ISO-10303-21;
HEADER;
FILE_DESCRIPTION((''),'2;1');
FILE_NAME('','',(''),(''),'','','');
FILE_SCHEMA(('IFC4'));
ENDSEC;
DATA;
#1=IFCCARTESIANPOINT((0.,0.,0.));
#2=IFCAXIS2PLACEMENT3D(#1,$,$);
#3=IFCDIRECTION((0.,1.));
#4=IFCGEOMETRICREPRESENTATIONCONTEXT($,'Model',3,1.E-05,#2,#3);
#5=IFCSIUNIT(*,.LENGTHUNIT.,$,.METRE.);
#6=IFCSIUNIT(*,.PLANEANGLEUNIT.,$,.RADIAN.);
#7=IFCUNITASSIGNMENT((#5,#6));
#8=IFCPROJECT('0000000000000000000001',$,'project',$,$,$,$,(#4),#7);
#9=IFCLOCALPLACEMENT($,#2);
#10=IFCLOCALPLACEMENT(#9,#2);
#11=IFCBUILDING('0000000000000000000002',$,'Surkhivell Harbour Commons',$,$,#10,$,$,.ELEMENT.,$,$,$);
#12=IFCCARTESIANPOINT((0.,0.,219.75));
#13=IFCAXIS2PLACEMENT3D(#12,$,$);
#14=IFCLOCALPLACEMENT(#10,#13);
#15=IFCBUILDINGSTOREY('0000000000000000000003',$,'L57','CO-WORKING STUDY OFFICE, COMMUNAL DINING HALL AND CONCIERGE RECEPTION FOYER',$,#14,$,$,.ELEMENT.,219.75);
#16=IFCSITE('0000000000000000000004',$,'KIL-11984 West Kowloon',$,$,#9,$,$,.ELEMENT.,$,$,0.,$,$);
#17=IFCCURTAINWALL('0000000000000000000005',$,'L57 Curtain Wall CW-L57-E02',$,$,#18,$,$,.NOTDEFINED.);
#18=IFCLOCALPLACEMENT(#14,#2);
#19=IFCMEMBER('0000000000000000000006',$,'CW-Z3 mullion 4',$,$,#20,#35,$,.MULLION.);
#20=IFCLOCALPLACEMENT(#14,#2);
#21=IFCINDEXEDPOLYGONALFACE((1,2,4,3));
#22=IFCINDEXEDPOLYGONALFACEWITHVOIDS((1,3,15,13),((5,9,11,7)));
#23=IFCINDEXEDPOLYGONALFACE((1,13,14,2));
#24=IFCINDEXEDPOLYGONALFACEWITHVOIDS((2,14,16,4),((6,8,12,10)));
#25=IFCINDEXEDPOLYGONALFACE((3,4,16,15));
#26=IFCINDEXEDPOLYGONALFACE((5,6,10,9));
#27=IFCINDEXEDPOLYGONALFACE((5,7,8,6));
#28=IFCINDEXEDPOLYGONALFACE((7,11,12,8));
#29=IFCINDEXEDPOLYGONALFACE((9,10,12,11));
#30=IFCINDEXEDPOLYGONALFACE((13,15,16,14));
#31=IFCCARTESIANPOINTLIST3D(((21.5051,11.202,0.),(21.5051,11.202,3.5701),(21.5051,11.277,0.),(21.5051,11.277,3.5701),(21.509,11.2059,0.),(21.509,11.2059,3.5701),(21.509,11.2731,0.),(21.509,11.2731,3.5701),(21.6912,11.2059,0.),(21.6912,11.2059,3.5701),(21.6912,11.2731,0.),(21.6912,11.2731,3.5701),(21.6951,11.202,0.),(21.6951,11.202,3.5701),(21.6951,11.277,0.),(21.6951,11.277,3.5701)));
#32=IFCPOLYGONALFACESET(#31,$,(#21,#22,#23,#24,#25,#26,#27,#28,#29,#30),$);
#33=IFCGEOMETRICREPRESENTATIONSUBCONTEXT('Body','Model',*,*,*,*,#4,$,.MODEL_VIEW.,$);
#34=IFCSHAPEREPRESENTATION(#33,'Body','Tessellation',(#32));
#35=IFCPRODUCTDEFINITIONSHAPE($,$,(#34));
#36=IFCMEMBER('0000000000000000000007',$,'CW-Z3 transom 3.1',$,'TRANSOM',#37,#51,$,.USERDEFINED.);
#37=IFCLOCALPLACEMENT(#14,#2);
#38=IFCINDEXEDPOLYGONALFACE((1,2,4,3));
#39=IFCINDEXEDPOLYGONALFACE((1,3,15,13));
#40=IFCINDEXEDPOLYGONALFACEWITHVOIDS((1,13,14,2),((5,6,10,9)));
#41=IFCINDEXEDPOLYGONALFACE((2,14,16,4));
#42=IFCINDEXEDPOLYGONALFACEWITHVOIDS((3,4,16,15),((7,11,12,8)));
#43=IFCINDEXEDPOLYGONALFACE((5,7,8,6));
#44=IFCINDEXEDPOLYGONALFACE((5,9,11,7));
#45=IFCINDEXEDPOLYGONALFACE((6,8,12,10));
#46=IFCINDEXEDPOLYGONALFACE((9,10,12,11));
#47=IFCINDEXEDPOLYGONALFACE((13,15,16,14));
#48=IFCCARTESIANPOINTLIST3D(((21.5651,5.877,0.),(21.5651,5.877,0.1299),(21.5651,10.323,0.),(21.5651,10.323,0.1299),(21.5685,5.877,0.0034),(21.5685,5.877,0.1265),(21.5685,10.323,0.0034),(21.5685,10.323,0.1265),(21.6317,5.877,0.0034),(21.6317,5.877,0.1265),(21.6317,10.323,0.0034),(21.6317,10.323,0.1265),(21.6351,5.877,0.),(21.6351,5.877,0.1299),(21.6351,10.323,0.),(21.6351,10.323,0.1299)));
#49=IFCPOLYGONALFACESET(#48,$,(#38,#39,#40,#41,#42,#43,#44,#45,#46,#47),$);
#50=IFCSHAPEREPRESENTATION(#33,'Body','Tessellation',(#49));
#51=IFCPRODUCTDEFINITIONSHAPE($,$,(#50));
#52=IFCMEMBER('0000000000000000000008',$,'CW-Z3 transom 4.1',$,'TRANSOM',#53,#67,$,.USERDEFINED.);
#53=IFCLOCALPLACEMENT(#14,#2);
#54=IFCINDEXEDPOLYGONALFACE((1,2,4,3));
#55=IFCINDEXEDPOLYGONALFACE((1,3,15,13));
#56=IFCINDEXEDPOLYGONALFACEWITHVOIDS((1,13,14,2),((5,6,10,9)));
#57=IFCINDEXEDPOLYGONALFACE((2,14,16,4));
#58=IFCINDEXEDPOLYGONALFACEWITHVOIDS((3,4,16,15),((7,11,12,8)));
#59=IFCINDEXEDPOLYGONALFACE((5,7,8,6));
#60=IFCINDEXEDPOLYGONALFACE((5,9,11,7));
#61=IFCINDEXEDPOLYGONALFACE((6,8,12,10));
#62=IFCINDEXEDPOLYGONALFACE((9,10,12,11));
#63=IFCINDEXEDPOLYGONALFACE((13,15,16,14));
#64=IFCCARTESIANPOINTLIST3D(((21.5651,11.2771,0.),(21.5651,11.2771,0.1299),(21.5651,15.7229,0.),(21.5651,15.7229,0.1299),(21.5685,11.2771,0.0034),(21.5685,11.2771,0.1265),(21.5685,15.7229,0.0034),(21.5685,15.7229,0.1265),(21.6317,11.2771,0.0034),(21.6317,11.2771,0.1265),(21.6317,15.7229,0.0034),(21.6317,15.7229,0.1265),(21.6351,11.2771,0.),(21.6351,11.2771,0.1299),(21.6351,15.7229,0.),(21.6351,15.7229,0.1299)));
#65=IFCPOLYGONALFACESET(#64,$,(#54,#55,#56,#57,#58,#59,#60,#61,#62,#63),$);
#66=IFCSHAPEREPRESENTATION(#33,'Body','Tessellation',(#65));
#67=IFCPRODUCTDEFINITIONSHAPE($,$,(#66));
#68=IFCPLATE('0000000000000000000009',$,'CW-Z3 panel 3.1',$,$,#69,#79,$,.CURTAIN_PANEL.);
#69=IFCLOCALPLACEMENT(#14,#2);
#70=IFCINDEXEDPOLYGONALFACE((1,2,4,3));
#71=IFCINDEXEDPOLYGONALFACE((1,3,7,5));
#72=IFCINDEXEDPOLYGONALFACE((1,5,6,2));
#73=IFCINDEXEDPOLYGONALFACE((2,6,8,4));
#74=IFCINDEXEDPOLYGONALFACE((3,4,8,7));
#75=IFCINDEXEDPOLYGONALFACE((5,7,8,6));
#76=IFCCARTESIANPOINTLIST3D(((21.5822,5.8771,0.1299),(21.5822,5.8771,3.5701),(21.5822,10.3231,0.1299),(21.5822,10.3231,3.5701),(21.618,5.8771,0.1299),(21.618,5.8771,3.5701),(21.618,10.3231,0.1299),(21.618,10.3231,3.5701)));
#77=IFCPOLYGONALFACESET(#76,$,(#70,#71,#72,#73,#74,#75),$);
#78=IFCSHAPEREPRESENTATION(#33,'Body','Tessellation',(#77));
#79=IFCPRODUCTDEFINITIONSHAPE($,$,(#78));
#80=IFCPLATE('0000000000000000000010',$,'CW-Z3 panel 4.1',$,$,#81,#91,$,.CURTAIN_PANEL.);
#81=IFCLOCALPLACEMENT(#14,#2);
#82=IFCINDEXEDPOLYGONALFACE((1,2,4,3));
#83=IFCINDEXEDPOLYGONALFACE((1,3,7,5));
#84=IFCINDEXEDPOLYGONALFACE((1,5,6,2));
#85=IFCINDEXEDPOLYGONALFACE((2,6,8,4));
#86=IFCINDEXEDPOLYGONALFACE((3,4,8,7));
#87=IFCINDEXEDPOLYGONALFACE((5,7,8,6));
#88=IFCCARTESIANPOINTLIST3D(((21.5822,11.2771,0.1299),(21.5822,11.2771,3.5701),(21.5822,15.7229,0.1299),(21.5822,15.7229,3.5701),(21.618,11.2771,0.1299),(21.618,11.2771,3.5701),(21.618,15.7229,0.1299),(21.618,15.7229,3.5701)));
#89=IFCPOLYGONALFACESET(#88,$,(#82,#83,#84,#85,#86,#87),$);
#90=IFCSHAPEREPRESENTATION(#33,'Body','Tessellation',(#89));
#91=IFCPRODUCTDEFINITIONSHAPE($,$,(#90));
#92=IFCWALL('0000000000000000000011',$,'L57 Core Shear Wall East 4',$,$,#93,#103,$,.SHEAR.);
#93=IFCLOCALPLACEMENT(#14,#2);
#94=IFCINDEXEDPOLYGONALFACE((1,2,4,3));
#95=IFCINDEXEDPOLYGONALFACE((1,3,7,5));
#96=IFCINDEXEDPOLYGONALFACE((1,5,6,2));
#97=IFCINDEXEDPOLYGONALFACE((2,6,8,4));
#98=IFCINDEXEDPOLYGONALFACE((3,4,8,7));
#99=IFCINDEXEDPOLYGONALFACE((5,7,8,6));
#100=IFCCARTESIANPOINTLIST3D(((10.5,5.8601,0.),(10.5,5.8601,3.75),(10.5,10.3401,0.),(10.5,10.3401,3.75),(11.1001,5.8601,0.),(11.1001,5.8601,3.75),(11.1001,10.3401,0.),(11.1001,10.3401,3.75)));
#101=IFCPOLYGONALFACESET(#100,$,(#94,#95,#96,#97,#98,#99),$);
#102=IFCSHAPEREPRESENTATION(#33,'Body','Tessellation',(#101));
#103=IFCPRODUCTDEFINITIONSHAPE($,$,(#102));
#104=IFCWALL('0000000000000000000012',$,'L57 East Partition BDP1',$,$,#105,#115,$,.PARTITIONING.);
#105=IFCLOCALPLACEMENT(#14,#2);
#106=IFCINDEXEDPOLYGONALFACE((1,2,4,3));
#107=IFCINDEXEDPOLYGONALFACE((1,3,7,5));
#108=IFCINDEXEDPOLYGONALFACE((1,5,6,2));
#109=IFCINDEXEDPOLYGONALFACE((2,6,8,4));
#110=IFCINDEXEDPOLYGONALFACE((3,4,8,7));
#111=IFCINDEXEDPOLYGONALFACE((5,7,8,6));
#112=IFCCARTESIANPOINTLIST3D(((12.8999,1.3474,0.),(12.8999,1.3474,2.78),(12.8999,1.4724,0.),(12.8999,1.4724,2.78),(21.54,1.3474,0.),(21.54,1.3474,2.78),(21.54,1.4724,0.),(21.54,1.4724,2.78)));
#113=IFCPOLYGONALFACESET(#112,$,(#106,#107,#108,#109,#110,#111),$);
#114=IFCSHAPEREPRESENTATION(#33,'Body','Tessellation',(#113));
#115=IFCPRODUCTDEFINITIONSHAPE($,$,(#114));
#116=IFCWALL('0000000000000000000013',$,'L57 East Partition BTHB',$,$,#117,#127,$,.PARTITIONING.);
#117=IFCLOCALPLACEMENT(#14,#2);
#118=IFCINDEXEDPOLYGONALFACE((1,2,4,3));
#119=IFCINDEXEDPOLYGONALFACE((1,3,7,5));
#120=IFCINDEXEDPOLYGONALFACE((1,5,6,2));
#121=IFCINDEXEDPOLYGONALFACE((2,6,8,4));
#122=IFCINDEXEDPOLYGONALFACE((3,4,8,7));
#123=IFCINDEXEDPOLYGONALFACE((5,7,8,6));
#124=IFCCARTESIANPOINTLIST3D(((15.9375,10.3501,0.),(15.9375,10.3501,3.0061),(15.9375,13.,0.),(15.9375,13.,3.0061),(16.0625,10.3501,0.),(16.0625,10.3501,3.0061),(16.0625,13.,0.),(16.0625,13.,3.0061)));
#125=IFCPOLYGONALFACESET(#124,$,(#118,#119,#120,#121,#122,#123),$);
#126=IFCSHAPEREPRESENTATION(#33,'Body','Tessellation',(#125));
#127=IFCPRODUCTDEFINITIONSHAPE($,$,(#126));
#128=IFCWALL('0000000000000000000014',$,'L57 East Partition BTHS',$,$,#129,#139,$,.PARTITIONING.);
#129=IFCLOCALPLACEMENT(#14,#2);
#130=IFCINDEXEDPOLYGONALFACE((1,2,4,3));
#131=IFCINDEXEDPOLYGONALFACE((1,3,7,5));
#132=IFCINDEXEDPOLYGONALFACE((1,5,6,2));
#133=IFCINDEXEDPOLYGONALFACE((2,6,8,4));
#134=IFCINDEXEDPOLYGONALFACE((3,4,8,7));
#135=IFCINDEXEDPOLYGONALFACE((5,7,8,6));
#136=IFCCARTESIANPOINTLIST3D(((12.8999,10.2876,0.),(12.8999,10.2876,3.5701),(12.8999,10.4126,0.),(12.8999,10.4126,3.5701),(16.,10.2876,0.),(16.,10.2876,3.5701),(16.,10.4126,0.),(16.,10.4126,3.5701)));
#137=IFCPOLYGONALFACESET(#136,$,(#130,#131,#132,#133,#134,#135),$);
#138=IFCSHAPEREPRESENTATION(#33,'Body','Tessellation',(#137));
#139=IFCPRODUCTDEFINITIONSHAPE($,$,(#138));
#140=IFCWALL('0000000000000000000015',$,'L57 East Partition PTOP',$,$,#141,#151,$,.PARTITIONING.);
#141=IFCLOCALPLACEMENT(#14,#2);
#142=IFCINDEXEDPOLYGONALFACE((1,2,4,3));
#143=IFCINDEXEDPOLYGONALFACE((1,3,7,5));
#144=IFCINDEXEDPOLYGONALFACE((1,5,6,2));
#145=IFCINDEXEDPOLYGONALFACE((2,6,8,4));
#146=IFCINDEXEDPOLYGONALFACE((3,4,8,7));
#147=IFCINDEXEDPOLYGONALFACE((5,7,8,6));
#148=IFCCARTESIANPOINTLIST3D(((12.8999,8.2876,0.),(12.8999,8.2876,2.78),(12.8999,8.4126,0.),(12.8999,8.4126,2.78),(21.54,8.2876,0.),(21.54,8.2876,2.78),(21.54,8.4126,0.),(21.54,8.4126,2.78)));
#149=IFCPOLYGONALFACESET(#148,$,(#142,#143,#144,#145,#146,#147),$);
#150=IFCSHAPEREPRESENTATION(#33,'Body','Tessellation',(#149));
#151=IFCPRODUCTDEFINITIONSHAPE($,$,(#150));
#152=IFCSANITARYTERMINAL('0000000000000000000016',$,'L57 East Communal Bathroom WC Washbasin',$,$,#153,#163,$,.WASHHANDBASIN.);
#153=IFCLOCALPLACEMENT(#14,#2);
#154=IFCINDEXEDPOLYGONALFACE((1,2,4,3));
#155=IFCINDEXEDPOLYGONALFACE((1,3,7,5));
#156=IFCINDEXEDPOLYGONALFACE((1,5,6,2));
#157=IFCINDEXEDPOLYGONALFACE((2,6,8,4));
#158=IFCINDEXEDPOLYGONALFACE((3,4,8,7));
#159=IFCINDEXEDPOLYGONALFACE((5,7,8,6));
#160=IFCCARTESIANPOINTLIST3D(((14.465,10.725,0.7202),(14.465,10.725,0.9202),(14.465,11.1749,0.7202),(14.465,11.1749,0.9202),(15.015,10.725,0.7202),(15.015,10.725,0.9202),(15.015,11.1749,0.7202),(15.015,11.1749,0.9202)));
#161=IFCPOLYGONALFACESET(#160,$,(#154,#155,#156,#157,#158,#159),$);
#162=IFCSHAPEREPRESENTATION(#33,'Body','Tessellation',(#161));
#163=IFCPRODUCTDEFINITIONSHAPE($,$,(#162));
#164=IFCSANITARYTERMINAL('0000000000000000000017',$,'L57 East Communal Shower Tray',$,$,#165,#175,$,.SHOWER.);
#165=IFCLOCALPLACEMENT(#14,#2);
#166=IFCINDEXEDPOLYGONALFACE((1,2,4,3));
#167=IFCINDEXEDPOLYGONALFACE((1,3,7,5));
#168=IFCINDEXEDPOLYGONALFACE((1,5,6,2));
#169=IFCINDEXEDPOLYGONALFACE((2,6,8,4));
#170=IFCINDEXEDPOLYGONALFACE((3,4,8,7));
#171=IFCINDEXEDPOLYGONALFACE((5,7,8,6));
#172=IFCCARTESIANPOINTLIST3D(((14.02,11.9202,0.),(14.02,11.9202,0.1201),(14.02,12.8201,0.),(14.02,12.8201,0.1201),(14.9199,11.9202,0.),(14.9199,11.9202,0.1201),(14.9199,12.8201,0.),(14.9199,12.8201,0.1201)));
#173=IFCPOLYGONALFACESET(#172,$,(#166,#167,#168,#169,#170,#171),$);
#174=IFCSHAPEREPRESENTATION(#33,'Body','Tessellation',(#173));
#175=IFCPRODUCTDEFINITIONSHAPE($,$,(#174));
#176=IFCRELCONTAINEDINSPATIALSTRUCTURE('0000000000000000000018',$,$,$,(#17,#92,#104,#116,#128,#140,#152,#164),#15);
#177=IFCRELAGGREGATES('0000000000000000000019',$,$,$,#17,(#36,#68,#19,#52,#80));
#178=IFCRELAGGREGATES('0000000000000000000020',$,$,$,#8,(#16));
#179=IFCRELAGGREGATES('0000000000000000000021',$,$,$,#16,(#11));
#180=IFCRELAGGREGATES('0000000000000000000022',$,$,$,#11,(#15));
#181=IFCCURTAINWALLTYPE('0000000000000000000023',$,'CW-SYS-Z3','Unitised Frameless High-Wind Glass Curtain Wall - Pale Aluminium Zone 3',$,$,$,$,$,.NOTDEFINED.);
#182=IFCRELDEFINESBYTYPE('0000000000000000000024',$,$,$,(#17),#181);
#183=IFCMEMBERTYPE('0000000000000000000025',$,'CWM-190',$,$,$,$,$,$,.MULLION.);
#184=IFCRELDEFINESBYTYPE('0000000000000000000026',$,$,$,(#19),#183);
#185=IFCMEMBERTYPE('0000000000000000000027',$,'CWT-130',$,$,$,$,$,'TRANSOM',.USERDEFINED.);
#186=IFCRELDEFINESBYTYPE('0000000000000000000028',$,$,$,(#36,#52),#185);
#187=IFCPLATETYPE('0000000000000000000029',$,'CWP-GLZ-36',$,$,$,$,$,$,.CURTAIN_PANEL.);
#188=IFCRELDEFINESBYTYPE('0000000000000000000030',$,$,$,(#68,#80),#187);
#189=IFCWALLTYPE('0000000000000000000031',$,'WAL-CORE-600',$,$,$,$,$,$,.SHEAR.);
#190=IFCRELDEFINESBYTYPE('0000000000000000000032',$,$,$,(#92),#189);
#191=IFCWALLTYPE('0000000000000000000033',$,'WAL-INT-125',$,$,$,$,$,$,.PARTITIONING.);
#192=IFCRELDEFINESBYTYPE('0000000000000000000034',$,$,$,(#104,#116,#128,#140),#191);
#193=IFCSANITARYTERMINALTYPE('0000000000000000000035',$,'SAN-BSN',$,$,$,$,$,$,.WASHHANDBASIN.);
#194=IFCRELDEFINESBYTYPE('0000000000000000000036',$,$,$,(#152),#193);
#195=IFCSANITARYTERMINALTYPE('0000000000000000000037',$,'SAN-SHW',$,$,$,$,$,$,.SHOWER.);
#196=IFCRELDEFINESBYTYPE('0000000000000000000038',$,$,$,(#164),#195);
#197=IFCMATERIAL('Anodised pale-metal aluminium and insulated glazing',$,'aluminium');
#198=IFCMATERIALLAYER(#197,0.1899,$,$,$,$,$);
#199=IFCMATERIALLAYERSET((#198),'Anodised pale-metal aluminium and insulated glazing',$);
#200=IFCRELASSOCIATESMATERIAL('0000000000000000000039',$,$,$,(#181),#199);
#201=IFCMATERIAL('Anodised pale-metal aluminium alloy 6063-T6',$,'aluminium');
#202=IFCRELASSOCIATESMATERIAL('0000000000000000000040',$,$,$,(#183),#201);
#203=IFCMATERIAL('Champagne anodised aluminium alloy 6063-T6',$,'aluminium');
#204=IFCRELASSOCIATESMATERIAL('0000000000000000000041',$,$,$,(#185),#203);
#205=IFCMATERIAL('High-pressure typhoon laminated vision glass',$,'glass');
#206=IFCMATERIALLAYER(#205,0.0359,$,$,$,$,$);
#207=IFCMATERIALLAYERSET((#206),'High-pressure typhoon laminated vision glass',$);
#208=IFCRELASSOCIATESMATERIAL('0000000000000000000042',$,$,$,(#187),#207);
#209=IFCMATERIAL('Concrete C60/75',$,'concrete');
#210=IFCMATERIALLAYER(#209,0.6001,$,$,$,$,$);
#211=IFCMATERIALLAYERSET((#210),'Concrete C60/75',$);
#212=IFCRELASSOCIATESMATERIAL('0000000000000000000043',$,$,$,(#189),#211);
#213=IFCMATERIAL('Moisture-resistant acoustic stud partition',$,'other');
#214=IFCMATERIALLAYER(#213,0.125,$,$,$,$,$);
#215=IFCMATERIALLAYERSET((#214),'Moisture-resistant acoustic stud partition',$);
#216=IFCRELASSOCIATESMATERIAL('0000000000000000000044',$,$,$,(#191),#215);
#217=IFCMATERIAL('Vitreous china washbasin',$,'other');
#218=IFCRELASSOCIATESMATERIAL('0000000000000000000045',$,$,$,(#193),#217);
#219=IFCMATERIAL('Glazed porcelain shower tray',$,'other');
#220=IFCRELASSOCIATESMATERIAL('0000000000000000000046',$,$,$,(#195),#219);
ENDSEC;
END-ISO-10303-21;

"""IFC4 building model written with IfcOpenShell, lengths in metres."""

from ifc_helpers import new_model, si_unit, direction, frame, frame_2d, origin, origin_2d, place, context, subcontext, project, spatial, rectangle, hollow_rectangle, extrude, material, layer, layer_set, material_profile, profile_set, type_object, element, aggregate, save


model = new_model("IFC4")

# Units and contexts
model_context = context("Model", 3, precision=1e-05, world=origin(), true_north=direction((0.0, 1.0)))
body_context = subcontext(model_context, "Body", "Model", "MODEL_VIEW")
ifc_project = project(units=[si_unit("LENGTHUNIT", "METRE"), si_unit("PLANEANGLEUNIT", "RADIAN")], contexts=[model_context])

# Site, building, storey
site_placement = place(None, origin())
site = spatial("IfcSite", under=ifc_project, at=site_placement, Name="KIL-11984 West Kowloon", CompositionType="ELEMENT", RefElevation=0.0)
building_placement = place(site_placement, origin())
building = spatial("IfcBuilding", under=site, at=building_placement, Name="Surkhivell Harbour Commons", CompositionType="ELEMENT")
storey_placement = place(building_placement, frame((0.0, 0.0, 219.75)))
storey = spatial("IfcBuildingStorey", under=building, at=storey_placement, Name="L57", Description="CO-WORKING STUDY OFFICE, COMMUNAL DINING HALL AND CONCIERGE RECEPTION FOYER", CompositionType="ELEMENT", Elevation=219.75)

# Shared definitions
ifc_material_1 = material(Name="Concrete C60/75", Category="concrete")

# Curtain wall, members, plates
ifc_material_2 = material(Name="Anodised pale-metal aluminium and insulated glazing", Category="aluminium")
ifc_layer_1 = layer(ifc_material_2, 0.1899)
ifc_layer_set_1 = layer_set([ifc_layer_1], Name="Anodised pale-metal aluminium and insulated glazing")
curtain_wall_type = type_object("IfcCurtainWallType", Name="CW-SYS-Z3", Description="Unitised Frameless High-Wind Glass Curtain Wall - Pale Aluminium Zone 3", PredefinedType="NOTDEFINED", material=ifc_layer_set_1)
curtain_wall_placement = place(storey_placement, origin())
curtain_wall = element("IfcCurtainWall", 1, at=curtain_wall_placement, inside=storey, type_object=curtain_wall_type, Name="L57 Curtain Wall CW-L57-E02", PredefinedType="NOTDEFINED")
ifc_material_3 = material(Name="Anodised pale-metal aluminium alloy 6063-T6", Category="aluminium")
ifc_material_profile_1 = material_profile(ifc_material_3, hollow_rectangle(XDim=0.075, YDim=0.1899, WallThickness=0.0039, at=origin_2d()), Name="ALU-MULL-75x190")
ifc_profile_set_1 = profile_set([ifc_material_profile_1], Name="Anodised pale-metal aluminium alloy 6063-T6")
member_type_1 = type_object("IfcMemberType", Name="CWM-190", PredefinedType="MULLION", material=ifc_profile_set_1)
member_1_placement = place(storey_placement, frame((21.6001, 11.2395, 0.0), z_axis=(0.0, 0.0, 1.0), x_axis=(0.0, 1.0, 0.0)))
member_1 = element("IfcMember", 2, at=member_1_placement, type_object=member_type_1, Name="CW-Z3 mullion 4", PredefinedType="MULLION", context=body_context, shape_type="SweptSolid", body=[
    extrude(hollow_rectangle(XDim=0.075, YDim=0.1899, WallThickness=0.0039, at=origin_2d()), origin(), (0.0, 0.0, 1.0), 3.5701),
])
ifc_material_4 = material(Name="Champagne anodised aluminium alloy 6063-T6", Category="aluminium")
ifc_material_profile_2 = material_profile(ifc_material_4, hollow_rectangle(XDim=0.0701, YDim=0.1299, WallThickness=0.0034, at=origin_2d()), Name="ALU-TRAN-70x130")
ifc_profile_set_2 = profile_set([ifc_material_profile_2], Name="Champagne anodised aluminium alloy 6063-T6")
member_type_2 = type_object("IfcMemberType", Name="CWT-130", ElementType="TRANSOM", PredefinedType="USERDEFINED", material=ifc_profile_set_2)
member_2_placement = place(storey_placement, frame((21.6001, 5.877, 0.0649), z_axis=(0.0, 1.0, 0.0), x_axis=(-1.0, 0.0, 0.0)))
member_2 = element("IfcMember", 3, at=member_2_placement, type_object=member_type_2, Name="CW-Z3 transom 3.1", ObjectType="TRANSOM", PredefinedType="USERDEFINED", context=body_context, shape_type="SweptSolid", body=[
    extrude(hollow_rectangle(XDim=0.0701, YDim=0.1299, WallThickness=0.0034, at=origin_2d()), origin(), (0.0, 0.0, 1.0), 4.446),
])
member_3_placement = place(storey_placement, frame((21.6001, 11.2771, 0.0649), z_axis=(0.0, 1.0, 0.0), x_axis=(-1.0, 0.0, 0.0)))
member_3 = element("IfcMember", 4, at=member_3_placement, type_object=member_type_2, Name="CW-Z3 transom 4.1", ObjectType="TRANSOM", PredefinedType="USERDEFINED", context=body_context, shape_type="SweptSolid", body=[
    extrude(hollow_rectangle(XDim=0.0701, YDim=0.1299, WallThickness=0.0034, at=origin_2d()), origin(), (0.0, 0.0, 1.0), 4.4458),
])
ifc_material_5 = material(Name="High-pressure typhoon laminated vision glass", Category="glass")
ifc_layer_2 = layer(ifc_material_5, 0.0359)
ifc_layer_set_2 = layer_set([ifc_layer_2], Name="High-pressure typhoon laminated vision glass")
plate_type = type_object("IfcPlateType", Name="CWP-GLZ-36", PredefinedType="CURTAIN_PANEL", material=ifc_layer_set_2)
plate_1_placement = place(storey_placement, frame((21.6001, 5.877, 0.1299), z_axis=(0.0, 0.0, 1.0), x_axis=(0.0, 1.0, 0.0)))
plate_1 = element("IfcPlate", 5, at=plate_1_placement, type_object=plate_type, Name="CW-Z3 panel 3.1", PredefinedType="CURTAIN_PANEL", context=body_context, shape_type="SweptSolid", body=[
    extrude(rectangle(XDim=4.446, YDim=0.0359, at=frame_2d((2.2231, 0.0))), origin(), (0.0, 0.0, 1.0), 3.4402),
])
plate_2_placement = place(storey_placement, frame((21.6001, 11.2771, 0.1299), z_axis=(0.0, 0.0, 1.0), x_axis=(0.0, 1.0, 0.0)))
plate_2 = element("IfcPlate", 6, at=plate_2_placement, type_object=plate_type, Name="CW-Z3 panel 4.1", PredefinedType="CURTAIN_PANEL", context=body_context, shape_type="SweptSolid", body=[
    extrude(rectangle(XDim=4.4458, YDim=0.0359, at=frame_2d((2.2229, 0.0))), origin(), (0.0, 0.0, 1.0), 3.4402),
])
aggregate(curtain_wall, [member_2, plate_1, member_1, member_3, plate_2])

# Walls
ifc_layer_3 = layer(ifc_material_1, 0.6001)
ifc_layer_set_3 = layer_set([ifc_layer_3], Name="Concrete C60/75")
wall_type_1 = type_object("IfcWallType", Name="WAL-CORE-600", PredefinedType="SHEAR", material=ifc_layer_set_3)
wall_1_placement = place(storey_placement, frame((10.8, 5.8601, 0.0), z_axis=(0.0, 0.0, 1.0), x_axis=(0.0, 1.0, 0.0)))
element("IfcWall", 7, at=wall_1_placement, inside=storey, type_object=wall_type_1, Name="L57 Core Shear Wall East 4", PredefinedType="SHEAR", context=body_context, shape_type="SweptSolid", body=[
    extrude(rectangle(XDim=4.48, YDim=0.6001, at=frame_2d((2.24, 0.0))), origin(), (0.0, 0.0, 1.0), 3.75),
])
ifc_material_6 = material(Name="Moisture-resistant acoustic stud partition", Category="other")
ifc_layer_4 = layer(ifc_material_6, 0.125)
ifc_layer_set_4 = layer_set([ifc_layer_4], Name="Moisture-resistant acoustic stud partition")
wall_type_2 = type_object("IfcWallType", Name="WAL-INT-125", PredefinedType="PARTITIONING", material=ifc_layer_set_4)
wall_2_placement = place(storey_placement, frame((12.8999, 1.4099, 0.0), z_axis=(0.0, 0.0, 1.0), x_axis=(1.0, 0.0, 0.0)))
element("IfcWall", 8, at=wall_2_placement, inside=storey, type_object=wall_type_2, Name="L57 East Partition BDP1", PredefinedType="PARTITIONING", context=body_context, shape_type="SweptSolid", body=[
    extrude(rectangle(XDim=8.6401, YDim=0.125, at=frame_2d((4.3201, 0.0))), origin(), (0.0, 0.0, 1.0), 2.78),
])
wall_3_placement = place(storey_placement, frame((16.0, 10.3501, 0.0), z_axis=(0.0, 0.0, 1.0), x_axis=(0.0, 1.0, 0.0)))
element("IfcWall", 9, at=wall_3_placement, inside=storey, type_object=wall_type_2, Name="L57 East Partition BTHB", PredefinedType="PARTITIONING", context=body_context, shape_type="SweptSolid", body=[
    extrude(rectangle(XDim=2.6499, YDim=0.125, at=frame_2d((1.325, 0.0))), origin(), (0.0, 0.0, 1.0), 3.0061),
])
wall_4_placement = place(storey_placement, frame((12.8999, 10.3501, 0.0), z_axis=(0.0, 0.0, 1.0), x_axis=(1.0, 0.0, 0.0)))
element("IfcWall", 10, at=wall_4_placement, inside=storey, type_object=wall_type_2, Name="L57 East Partition BTHS", PredefinedType="PARTITIONING", context=body_context, shape_type="SweptSolid", body=[
    extrude(rectangle(XDim=3.1001, YDim=0.125, at=frame_2d((1.55, 0.0))), origin(), (0.0, 0.0, 1.0), 3.5701),
])
wall_5_placement = place(storey_placement, frame((12.8999, 8.3501, 0.0), z_axis=(0.0, 0.0, 1.0), x_axis=(1.0, 0.0, 0.0)))
element("IfcWall", 11, at=wall_5_placement, inside=storey, type_object=wall_type_2, Name="L57 East Partition PTOP", PredefinedType="PARTITIONING", context=body_context, shape_type="SweptSolid", body=[
    extrude(rectangle(XDim=8.6401, YDim=0.125, at=frame_2d((4.3201, 0.0))), origin(), (0.0, 0.0, 1.0), 2.78),
])

# Sanitary terminals
ifc_material_7 = material(Name="Vitreous china washbasin", Category="other")
sanitary_terminal_type_1 = type_object("IfcSanitaryTerminalType", Name="SAN-BSN", PredefinedType="WASHHANDBASIN", material=ifc_material_7)
sanitary_terminal_1_placement = place(storey_placement, frame((14.74, 10.95, 0.7202), z_axis=(0.0, 0.0, 1.0), x_axis=(1.0, 0.0, 0.0)))
element("IfcSanitaryTerminal", 12, at=sanitary_terminal_1_placement, inside=storey, type_object=sanitary_terminal_type_1, Name="L57 East Communal Bathroom WC Washbasin", PredefinedType="WASHHANDBASIN", context=body_context, shape_type="SweptSolid", body=[
    extrude(rectangle(XDim=0.55, YDim=0.45, at=origin_2d()), origin(), (0.0, 0.0, 1.0), 0.2),
])
ifc_material_8 = material(Name="Glazed porcelain shower tray", Category="other")
sanitary_terminal_type_2 = type_object("IfcSanitaryTerminalType", Name="SAN-SHW", PredefinedType="SHOWER", material=ifc_material_8)
sanitary_terminal_2_placement = place(storey_placement, frame((14.47, 12.3701, 0.0), z_axis=(0.0, 0.0, 1.0), x_axis=(1.0, 0.0, 0.0)))
element("IfcSanitaryTerminal", 13, at=sanitary_terminal_2_placement, inside=storey, type_object=sanitary_terminal_type_2, Name="L57 East Communal Shower Tray", PredefinedType="SHOWER", context=body_context, shape_type="SweptSolid", body=[
    extrude(rectangle(XDim=0.8999, YDim=0.8999, at=origin_2d()), origin(), (0.0, 0.0, 1.0), 0.1201),
])

save(model, "model.ifc")
